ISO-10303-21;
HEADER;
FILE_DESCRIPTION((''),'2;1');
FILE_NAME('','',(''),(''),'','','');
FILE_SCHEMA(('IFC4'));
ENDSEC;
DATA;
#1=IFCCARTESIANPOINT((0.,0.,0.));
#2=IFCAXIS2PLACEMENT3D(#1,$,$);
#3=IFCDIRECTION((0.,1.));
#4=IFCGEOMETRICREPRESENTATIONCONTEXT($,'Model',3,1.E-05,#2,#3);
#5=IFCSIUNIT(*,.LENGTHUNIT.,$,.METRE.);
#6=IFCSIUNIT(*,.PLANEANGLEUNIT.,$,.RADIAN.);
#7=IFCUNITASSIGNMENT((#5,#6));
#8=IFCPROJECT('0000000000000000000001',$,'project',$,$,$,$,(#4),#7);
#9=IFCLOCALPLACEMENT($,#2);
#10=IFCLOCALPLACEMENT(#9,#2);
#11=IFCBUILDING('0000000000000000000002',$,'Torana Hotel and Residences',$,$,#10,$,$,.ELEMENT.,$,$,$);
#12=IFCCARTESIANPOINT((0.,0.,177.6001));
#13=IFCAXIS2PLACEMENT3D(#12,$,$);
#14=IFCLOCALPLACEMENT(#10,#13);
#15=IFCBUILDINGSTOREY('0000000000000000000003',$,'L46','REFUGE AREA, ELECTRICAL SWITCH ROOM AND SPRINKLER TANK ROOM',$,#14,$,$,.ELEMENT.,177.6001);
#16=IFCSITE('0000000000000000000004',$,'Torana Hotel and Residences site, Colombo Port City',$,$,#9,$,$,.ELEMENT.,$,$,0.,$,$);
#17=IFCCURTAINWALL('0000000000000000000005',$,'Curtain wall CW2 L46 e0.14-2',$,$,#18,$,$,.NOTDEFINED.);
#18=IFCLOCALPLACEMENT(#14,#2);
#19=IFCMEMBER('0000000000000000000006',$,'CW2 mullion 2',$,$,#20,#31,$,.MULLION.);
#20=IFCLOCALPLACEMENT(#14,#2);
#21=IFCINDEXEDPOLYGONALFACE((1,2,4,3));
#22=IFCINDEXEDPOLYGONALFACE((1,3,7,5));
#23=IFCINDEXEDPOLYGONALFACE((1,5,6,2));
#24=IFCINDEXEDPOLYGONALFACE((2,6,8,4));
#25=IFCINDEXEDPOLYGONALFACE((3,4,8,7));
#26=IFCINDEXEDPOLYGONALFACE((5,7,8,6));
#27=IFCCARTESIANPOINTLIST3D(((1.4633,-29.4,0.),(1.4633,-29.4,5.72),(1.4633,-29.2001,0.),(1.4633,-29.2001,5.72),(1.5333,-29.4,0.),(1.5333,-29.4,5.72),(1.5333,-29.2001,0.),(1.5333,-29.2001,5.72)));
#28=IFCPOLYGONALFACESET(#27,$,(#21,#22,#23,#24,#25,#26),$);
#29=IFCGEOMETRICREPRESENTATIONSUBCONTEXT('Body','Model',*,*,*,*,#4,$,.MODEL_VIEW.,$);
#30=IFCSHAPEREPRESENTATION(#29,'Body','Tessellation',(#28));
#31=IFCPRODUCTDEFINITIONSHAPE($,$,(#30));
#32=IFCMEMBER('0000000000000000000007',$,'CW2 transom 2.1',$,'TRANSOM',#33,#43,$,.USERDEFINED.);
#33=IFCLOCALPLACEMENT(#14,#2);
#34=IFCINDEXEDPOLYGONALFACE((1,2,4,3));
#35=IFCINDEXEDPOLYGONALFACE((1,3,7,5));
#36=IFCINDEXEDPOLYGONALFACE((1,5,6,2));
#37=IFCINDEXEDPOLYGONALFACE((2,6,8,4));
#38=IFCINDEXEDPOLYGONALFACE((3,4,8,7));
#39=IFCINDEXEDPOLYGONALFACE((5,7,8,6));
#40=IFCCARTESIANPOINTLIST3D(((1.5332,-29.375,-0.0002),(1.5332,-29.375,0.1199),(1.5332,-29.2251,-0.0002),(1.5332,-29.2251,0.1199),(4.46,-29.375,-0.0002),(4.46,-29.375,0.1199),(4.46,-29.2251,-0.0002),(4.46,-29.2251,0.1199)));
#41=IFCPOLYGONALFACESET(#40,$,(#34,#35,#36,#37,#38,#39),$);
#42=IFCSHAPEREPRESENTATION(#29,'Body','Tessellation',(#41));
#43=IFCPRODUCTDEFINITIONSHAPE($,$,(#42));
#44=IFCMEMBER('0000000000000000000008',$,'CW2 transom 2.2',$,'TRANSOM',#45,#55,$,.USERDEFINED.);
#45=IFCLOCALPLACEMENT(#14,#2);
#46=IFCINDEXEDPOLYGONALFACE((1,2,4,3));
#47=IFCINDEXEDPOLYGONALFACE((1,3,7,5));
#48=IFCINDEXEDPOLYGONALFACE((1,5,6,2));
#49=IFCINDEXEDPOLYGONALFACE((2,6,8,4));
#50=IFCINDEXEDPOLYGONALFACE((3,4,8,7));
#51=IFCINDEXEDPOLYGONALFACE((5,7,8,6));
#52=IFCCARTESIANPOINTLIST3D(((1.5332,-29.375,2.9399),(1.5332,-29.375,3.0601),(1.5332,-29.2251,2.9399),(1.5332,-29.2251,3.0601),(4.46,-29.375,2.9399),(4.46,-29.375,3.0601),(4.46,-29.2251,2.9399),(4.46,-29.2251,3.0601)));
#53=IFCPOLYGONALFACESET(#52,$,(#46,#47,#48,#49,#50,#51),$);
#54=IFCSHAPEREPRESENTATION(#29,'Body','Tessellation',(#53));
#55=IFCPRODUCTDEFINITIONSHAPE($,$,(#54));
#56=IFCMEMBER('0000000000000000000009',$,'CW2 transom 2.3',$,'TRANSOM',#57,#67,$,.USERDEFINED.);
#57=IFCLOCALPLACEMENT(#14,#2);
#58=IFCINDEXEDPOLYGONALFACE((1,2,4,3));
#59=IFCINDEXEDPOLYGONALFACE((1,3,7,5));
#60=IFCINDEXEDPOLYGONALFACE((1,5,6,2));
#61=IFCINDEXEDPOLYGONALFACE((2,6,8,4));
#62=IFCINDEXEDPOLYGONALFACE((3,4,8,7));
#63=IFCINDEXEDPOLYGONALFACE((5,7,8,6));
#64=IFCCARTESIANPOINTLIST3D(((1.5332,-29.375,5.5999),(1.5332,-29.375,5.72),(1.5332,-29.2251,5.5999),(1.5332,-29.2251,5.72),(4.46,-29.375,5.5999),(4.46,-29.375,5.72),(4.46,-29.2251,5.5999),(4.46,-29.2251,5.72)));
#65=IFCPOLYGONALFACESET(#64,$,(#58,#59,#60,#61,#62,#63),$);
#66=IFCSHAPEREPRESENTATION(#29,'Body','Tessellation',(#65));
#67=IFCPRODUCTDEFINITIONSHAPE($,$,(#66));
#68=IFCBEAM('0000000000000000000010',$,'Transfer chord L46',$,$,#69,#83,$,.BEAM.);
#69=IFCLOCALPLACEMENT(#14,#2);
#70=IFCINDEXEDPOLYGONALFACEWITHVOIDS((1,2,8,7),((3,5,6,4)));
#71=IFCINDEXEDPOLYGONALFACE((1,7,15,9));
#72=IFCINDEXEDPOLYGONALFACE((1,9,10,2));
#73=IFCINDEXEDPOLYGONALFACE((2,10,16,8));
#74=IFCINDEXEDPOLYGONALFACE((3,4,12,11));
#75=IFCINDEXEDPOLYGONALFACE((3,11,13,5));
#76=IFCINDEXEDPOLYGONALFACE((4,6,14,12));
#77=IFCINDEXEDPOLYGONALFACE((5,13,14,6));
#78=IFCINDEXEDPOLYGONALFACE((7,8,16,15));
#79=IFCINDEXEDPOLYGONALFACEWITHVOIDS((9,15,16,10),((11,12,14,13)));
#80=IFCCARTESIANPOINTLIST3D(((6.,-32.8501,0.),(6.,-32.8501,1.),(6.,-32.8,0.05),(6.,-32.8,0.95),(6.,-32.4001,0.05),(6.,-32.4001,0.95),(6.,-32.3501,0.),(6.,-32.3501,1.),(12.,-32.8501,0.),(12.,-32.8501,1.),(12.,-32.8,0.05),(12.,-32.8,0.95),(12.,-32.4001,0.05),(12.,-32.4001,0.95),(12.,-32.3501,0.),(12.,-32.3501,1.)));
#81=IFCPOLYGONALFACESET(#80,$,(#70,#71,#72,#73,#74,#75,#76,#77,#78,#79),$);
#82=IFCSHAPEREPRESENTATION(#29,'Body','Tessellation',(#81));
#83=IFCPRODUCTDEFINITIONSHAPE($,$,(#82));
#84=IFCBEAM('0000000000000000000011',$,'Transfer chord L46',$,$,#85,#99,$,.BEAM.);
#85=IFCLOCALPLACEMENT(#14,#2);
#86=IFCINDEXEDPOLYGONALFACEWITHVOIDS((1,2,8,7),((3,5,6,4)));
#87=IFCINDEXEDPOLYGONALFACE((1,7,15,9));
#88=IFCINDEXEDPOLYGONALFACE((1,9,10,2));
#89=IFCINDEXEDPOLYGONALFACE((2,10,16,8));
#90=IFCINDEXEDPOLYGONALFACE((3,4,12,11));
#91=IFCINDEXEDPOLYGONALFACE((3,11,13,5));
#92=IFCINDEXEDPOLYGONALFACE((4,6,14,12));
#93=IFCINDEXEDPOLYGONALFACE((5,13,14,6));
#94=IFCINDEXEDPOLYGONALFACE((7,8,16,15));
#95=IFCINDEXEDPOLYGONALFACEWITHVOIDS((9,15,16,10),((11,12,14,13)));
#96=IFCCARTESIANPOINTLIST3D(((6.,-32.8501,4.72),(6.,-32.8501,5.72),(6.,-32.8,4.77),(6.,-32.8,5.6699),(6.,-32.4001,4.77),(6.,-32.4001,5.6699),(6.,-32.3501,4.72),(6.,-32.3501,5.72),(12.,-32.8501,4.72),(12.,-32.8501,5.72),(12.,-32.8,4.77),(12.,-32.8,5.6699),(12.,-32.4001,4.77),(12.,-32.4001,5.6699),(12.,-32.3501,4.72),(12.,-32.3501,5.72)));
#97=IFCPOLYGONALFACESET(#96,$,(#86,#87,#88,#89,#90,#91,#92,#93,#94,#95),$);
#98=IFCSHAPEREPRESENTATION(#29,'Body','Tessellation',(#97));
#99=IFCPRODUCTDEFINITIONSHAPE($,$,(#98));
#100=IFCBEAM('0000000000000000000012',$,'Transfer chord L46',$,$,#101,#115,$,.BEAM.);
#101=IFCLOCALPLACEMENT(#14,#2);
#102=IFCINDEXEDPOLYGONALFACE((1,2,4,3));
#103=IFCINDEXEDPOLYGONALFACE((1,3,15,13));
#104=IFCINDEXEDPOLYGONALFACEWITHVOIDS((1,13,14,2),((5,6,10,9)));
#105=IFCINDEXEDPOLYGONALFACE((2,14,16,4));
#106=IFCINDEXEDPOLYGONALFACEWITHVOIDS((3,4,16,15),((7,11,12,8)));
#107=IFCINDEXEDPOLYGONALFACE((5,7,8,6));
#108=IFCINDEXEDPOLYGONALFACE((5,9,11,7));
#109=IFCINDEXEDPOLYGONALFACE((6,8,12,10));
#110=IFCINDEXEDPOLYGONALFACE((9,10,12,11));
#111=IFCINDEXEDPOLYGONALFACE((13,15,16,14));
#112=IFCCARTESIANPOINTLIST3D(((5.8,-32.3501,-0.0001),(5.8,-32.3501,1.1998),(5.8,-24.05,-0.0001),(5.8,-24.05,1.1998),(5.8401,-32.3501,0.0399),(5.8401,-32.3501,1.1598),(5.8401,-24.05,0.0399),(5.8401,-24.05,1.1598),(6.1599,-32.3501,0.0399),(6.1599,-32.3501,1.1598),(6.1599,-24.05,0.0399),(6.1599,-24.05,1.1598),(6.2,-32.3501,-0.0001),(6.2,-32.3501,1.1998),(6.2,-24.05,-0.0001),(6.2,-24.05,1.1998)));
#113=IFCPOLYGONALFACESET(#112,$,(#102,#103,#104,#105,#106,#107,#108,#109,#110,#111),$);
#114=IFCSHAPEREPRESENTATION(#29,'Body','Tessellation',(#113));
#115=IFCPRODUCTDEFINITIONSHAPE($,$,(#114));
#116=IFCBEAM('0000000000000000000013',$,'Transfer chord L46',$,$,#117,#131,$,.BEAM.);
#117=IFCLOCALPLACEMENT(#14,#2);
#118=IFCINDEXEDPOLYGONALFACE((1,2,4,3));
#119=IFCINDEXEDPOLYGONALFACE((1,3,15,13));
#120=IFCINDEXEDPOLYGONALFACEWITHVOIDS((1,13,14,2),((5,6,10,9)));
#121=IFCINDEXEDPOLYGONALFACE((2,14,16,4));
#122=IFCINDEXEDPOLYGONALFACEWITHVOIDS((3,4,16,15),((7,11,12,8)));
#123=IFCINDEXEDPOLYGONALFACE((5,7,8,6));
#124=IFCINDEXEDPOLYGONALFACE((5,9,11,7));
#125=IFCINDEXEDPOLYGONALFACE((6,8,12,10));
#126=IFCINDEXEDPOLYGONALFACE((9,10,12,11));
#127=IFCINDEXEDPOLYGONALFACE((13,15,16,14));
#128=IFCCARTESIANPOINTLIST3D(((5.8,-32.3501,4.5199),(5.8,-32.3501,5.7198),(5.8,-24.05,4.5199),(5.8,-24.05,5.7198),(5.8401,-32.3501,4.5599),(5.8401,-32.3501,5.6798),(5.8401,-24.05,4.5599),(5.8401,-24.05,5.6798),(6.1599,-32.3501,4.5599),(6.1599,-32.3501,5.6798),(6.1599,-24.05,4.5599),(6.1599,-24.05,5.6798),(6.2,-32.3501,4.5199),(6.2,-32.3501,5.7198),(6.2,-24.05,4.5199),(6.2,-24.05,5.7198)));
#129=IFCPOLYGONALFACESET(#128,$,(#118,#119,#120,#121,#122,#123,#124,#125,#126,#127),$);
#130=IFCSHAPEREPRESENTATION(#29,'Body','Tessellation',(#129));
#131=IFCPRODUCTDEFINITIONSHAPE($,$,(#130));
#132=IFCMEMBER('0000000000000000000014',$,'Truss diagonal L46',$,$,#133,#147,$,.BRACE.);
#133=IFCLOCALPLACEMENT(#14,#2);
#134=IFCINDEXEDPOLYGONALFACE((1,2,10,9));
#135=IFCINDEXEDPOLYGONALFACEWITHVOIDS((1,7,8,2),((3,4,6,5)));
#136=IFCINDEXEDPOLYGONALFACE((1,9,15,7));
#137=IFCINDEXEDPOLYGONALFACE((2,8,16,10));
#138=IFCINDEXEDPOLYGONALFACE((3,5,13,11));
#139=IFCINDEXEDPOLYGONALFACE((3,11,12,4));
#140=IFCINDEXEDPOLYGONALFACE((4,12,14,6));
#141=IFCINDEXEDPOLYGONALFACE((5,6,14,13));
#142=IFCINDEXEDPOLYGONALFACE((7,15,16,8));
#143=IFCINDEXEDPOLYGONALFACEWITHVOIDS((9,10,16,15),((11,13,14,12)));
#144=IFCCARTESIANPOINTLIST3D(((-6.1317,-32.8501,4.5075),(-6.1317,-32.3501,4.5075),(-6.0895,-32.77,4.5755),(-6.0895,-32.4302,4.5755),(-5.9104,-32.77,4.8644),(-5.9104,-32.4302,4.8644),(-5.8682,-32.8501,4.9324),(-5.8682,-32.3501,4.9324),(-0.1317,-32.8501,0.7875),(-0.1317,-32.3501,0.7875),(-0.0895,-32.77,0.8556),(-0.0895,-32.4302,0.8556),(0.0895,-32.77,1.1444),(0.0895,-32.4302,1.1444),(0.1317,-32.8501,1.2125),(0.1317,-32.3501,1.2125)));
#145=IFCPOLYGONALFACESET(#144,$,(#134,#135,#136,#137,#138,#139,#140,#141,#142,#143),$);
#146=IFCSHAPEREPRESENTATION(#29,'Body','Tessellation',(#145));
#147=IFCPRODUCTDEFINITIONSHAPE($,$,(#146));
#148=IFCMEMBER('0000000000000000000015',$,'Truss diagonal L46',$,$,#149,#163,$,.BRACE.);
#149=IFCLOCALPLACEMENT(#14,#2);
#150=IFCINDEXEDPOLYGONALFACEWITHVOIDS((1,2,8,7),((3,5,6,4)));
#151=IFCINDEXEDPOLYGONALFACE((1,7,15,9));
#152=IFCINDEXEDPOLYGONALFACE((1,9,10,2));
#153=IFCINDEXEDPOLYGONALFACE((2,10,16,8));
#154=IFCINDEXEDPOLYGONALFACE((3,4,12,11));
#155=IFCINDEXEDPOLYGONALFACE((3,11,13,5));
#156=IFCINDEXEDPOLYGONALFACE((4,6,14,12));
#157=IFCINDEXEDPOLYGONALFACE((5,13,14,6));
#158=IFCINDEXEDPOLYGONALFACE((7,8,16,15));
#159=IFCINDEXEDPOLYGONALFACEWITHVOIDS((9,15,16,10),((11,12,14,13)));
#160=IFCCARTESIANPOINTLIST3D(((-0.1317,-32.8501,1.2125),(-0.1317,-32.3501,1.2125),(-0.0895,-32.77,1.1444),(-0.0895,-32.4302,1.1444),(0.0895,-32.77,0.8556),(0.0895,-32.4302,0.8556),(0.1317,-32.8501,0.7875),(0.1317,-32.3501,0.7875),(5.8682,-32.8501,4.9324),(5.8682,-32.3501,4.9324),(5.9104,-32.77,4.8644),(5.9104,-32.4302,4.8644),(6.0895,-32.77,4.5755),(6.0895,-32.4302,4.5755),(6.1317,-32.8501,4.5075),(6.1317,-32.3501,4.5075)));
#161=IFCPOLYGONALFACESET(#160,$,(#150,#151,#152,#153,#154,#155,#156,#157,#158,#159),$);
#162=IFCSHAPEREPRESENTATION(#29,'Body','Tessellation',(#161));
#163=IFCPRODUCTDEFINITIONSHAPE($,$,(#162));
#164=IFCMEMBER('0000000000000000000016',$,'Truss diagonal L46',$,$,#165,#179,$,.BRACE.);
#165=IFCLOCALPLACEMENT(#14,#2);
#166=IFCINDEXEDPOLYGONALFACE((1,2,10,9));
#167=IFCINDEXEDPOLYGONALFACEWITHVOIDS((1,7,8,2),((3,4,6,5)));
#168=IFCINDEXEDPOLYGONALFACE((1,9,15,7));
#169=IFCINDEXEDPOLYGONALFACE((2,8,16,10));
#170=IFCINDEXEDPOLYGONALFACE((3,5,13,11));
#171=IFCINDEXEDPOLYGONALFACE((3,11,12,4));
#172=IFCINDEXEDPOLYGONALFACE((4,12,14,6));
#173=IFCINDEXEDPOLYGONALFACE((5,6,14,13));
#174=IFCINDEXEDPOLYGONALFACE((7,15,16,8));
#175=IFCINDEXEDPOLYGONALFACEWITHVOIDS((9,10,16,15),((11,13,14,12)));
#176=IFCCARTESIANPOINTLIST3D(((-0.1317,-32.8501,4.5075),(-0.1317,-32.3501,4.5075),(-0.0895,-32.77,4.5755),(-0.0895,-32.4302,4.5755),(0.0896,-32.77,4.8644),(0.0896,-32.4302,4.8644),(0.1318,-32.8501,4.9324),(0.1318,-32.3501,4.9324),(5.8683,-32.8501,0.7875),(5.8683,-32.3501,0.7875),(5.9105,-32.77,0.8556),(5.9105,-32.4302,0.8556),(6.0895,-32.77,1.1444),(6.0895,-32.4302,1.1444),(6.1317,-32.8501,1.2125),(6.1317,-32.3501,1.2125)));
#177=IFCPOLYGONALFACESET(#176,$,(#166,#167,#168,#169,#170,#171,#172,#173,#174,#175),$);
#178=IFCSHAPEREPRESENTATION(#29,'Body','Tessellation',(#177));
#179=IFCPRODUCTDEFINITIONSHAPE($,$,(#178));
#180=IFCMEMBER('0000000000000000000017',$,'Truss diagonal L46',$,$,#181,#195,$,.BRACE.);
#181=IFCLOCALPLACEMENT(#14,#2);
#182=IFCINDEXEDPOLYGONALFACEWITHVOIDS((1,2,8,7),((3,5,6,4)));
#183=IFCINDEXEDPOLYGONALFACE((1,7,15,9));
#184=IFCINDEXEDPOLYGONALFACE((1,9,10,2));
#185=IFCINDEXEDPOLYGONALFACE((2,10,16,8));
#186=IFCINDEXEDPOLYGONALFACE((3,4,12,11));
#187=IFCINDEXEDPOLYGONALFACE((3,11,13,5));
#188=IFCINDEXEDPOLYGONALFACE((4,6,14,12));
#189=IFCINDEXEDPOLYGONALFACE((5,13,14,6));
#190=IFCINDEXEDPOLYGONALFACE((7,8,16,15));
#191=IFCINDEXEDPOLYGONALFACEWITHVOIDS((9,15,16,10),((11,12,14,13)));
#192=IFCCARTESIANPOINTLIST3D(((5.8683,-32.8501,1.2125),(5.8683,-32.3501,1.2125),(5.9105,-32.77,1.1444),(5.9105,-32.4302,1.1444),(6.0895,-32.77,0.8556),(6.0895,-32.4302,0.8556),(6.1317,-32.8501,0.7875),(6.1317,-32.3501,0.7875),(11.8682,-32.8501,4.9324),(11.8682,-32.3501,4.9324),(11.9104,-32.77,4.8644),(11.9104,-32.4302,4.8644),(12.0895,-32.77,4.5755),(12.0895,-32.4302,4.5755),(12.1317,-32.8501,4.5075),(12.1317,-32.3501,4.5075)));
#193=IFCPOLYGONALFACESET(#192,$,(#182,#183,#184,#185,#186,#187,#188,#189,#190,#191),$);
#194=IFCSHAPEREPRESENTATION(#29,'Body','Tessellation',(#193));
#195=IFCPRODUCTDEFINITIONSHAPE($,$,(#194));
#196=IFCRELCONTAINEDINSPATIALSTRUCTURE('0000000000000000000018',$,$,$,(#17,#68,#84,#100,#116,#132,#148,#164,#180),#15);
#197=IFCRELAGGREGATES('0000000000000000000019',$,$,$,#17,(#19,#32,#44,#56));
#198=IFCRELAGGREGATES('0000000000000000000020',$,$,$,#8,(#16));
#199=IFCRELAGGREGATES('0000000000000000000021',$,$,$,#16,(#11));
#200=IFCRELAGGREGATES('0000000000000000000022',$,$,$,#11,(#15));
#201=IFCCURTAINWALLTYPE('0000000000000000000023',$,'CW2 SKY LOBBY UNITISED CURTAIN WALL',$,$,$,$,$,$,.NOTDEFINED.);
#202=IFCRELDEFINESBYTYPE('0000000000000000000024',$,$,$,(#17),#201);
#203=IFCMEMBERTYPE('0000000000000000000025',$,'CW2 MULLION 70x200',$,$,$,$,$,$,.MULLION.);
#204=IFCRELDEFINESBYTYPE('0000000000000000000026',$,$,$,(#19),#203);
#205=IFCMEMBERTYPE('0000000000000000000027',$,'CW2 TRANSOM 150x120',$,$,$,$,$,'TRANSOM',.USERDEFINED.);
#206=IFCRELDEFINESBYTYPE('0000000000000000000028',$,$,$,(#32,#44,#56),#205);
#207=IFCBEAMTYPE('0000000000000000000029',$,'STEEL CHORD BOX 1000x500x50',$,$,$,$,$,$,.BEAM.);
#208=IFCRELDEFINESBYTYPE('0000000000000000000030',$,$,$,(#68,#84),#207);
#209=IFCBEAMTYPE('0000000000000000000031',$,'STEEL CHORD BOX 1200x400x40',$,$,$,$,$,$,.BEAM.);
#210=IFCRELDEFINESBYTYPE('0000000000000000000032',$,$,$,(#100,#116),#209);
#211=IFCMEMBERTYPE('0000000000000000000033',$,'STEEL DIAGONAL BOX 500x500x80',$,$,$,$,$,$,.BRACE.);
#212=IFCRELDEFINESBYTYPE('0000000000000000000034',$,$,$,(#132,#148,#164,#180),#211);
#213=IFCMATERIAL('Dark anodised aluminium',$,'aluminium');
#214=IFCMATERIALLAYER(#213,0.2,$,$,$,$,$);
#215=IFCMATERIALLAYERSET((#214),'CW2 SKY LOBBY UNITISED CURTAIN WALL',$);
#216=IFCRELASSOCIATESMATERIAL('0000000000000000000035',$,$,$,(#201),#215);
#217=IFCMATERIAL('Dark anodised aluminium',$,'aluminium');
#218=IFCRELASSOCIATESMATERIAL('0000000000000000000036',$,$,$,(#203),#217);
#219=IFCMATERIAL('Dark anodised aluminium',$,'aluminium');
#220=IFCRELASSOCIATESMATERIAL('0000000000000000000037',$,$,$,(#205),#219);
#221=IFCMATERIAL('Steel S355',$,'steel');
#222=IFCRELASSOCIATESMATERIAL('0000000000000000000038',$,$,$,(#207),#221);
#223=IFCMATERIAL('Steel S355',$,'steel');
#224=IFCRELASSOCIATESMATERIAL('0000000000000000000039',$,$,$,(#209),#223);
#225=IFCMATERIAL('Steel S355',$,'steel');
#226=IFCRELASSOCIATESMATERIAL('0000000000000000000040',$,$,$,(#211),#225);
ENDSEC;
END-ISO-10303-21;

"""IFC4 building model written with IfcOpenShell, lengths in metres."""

from ifc_helpers import new_model, si_unit, direction, frame, origin, origin_2d, place, context, subcontext, project, spatial, rectangle, hollow_rectangle, extrude, material, layer, layer_set, material_profile, profile_set, type_object, element, aggregate, save


model = new_model("IFC4")

# Units and contexts
model_context = context("Model", 3, precision=1e-05, world=origin(), true_north=direction((0.0, 1.0)))
body_context = subcontext(model_context, "Body", "Model", "MODEL_VIEW")
ifc_project = project(units=[si_unit("LENGTHUNIT", "METRE"), si_unit("PLANEANGLEUNIT", "RADIAN")], contexts=[model_context])

# Site, building, storey
site_placement = place(None, origin())
site = spatial("IfcSite", under=ifc_project, at=site_placement, Name="Torana Hotel and Residences site, Colombo Port City", CompositionType="ELEMENT", RefElevation=0.0)
building_placement = place(site_placement, origin())
building = spatial("IfcBuilding", under=site, at=building_placement, Name="Torana Hotel and Residences", CompositionType="ELEMENT")
storey_placement = place(building_placement, frame((0.0, 0.0, 177.6001)))
storey = spatial("IfcBuildingStorey", under=building, at=storey_placement, Name="L46", Description="REFUGE AREA, ELECTRICAL SWITCH ROOM AND SPRINKLER TANK ROOM", CompositionType="ELEMENT", Elevation=177.6001)

# Curtain wall, members
ifc_material_1 = material(Name="Dark anodised aluminium", Category="aluminium")
ifc_layer_1 = layer(ifc_material_1, 0.2)
ifc_layer_set_1 = layer_set([ifc_layer_1], Name="CW2 SKY LOBBY UNITISED CURTAIN WALL")
curtain_wall_type = type_object("IfcCurtainWallType", Name="CW2 SKY LOBBY UNITISED CURTAIN WALL", PredefinedType="NOTDEFINED", material=ifc_layer_set_1)
curtain_wall_placement = place(storey_placement, origin())
curtain_wall = element("IfcCurtainWall", 1, at=curtain_wall_placement, inside=storey, type_object=curtain_wall_type, Name="Curtain wall CW2 L46 e0.14-2", PredefinedType="NOTDEFINED")
ifc_material_2 = material(Name="Dark anodised aluminium", Category="aluminium")
ifc_material_profile_1 = material_profile(ifc_material_2, rectangle(XDim=0.2, YDim=0.0701, at=origin_2d()), Name="CW2 MULLION 70x200")
ifc_profile_set_1 = profile_set([ifc_material_profile_1], Name="Dark anodised aluminium")
member_type_1 = type_object("IfcMemberType", Name="CW2 MULLION 70x200", PredefinedType="MULLION", material=ifc_profile_set_1)
member_1_placement = place(storey_placement, frame((1.4983, -29.3, 0.0), z_axis=(0.0, 0.0, 1.0), x_axis=(0.0, 1.0, 0.0)))
member_1 = element("IfcMember", 2, at=member_1_placement, type_object=member_type_1, Name="CW2 mullion 2", PredefinedType="MULLION", context=body_context, shape_type="SweptSolid", body=[
    extrude(rectangle(XDim=0.2, YDim=0.0701, at=origin_2d()), origin(), (0.0, 0.0, 1.0), 5.72),
])
ifc_material_3 = material(Name="Dark anodised aluminium", Category="aluminium")
ifc_material_profile_2 = material_profile(ifc_material_3, rectangle(XDim=0.1499, YDim=0.1201, at=origin_2d()), Name="CW2 TRANSOM 150x120")
ifc_profile_set_2 = profile_set([ifc_material_profile_2], Name="Dark anodised aluminium")
member_type_2 = type_object("IfcMemberType", Name="CW2 TRANSOM 150x120", ElementType="TRANSOM", PredefinedType="USERDEFINED", material=ifc_profile_set_2)
member_2_placement = place(storey_placement, frame((1.5332, -29.3, 0.0598), z_axis=(1.0, 0.0, 0.0), x_axis=(0.0, 1.0, 0.0)))
member_2 = element("IfcMember", 3, at=member_2_placement, type_object=member_type_2, Name="CW2 transom 2.1", ObjectType="TRANSOM", PredefinedType="USERDEFINED", context=body_context, shape_type="SweptSolid", body=[
    extrude(rectangle(XDim=0.1499, YDim=0.1201, at=origin_2d()), origin(), (0.0, 0.0, 1.0), 2.9268),
])
member_3_placement = place(storey_placement, frame((1.5332, -29.3, 3.0), z_axis=(1.0, 0.0, 0.0), x_axis=(0.0, 1.0, 0.0)))
member_3 = element("IfcMember", 4, at=member_3_placement, type_object=member_type_2, Name="CW2 transom 2.2", ObjectType="TRANSOM", PredefinedType="USERDEFINED", context=body_context, shape_type="SweptSolid", body=[
    extrude(rectangle(XDim=0.1499, YDim=0.1201, at=origin_2d()), origin(), (0.0, 0.0, 1.0), 2.9268),
])
member_4_placement = place(storey_placement, frame((1.5332, -29.3, 5.6599), z_axis=(1.0, 0.0, 0.0), x_axis=(0.0, 1.0, 0.0)))
member_4 = element("IfcMember", 5, at=member_4_placement, type_object=member_type_2, Name="CW2 transom 2.3", ObjectType="TRANSOM", PredefinedType="USERDEFINED", context=body_context, shape_type="SweptSolid", body=[
    extrude(rectangle(XDim=0.1499, YDim=0.1201, at=origin_2d()), origin(), (0.0, 0.0, 1.0), 2.9268),
])

# Beams
ifc_material_4 = material(Name="Steel S355", Category="steel")
ifc_material_profile_3 = material_profile(ifc_material_4, hollow_rectangle(XDim=0.5, YDim=1.0, WallThickness=0.05, at=origin_2d()), Name="BOX 1000x500x50")
ifc_profile_set_3 = profile_set([ifc_material_profile_3], Name="Steel S355")
beam_type_1 = type_object("IfcBeamType", Name="STEEL CHORD BOX 1000x500x50", PredefinedType="BEAM", material=ifc_profile_set_3)
for number, where, z_axis, x_axis, name in (
    (6, (6.0, -32.6001, 0.5), (1.0, 0.0, 0.0), (0.0, 1.0, 0.0), "Transfer chord L46"),
    (7, (6.0, -32.6001, 5.22), (1.0, 0.0, 0.0), (0.0, 1.0, 0.0), "Transfer chord L46"),
):
    element("IfcBeam", number, at=place(storey_placement, frame(where, z_axis=z_axis, x_axis=x_axis)), inside=storey, type_object=beam_type_1, Name=name, PredefinedType="BEAM", context=body_context, shape_type="SweptSolid", body=[
        extrude(hollow_rectangle(XDim=0.5, YDim=1.0, WallThickness=0.05, at=origin_2d()), origin(), (0.0, 0.0, 1.0), 6.0),
    ])
ifc_material_5 = material(Name="Steel S355", Category="steel")
ifc_material_profile_4 = material_profile(ifc_material_5, hollow_rectangle(XDim=0.3999, YDim=1.2, WallThickness=0.04, at=origin_2d()), Name="BOX 1200x400x40")
ifc_profile_set_4 = profile_set([ifc_material_profile_4], Name="Steel S355")
beam_type_2 = type_object("IfcBeamType", Name="STEEL CHORD BOX 1200x400x40", PredefinedType="BEAM", material=ifc_profile_set_4)
for number, where, z_axis, x_axis, name in (
    (8, (6.0, -32.3501, 0.5999), (0.0, 1.0, 0.0), (-1.0, 0.0, 0.0), "Transfer chord L46"),
    (9, (6.0, -32.3501, 5.1199), (0.0, 1.0, 0.0), (-1.0, 0.0, 0.0), "Transfer chord L46"),
):
    element("IfcBeam", number, at=place(storey_placement, frame(where, z_axis=z_axis, x_axis=x_axis)), inside=storey, type_object=beam_type_2, Name=name, PredefinedType="BEAM", context=body_context, shape_type="SweptSolid", body=[
        extrude(hollow_rectangle(XDim=0.3999, YDim=1.2, WallThickness=0.04, at=origin_2d()), origin(), (0.0, 0.0, 1.0), 8.3),
    ])

# Members
ifc_material_6 = material(Name="Steel S355", Category="steel")
ifc_material_profile_5 = material_profile(ifc_material_6, hollow_rectangle(XDim=0.5, YDim=0.5, WallThickness=0.0801, at=origin_2d()), Name="BOX 500x500x80")
ifc_profile_set_5 = profile_set([ifc_material_profile_5], Name="Steel S355")
member_type_3 = type_object("IfcMemberType", Name="STEEL DIAGONAL BOX 500x500x80", PredefinedType="BRACE", material=ifc_profile_set_5)
for number, where, z_axis, x_axis, name in (
    (10, (0.0, -32.6001, 1.0), (-0.849905, 0.0, 0.526937), (0.0, -1.0, 0.0), "Truss diagonal L46"),
    (11, (0.0, -32.6001, 1.0), (0.849905, 0.0, 0.526937), (0.0, 1.0, 0.0), "Truss diagonal L46"),
    (12, (6.0, -32.6001, 1.0), (-0.849905, 0.0, 0.526937), (0.0, -1.0, 0.0), "Truss diagonal L46"),
    (13, (6.0, -32.6001, 1.0), (0.849905, 0.0, 0.526937), (0.0, 1.0, 0.0), "Truss diagonal L46"),
):
    element("IfcMember", number, at=place(storey_placement, frame(where, z_axis=z_axis, x_axis=x_axis)), inside=storey, type_object=member_type_3, Name=name, PredefinedType="BRACE", context=body_context, shape_type="SweptSolid", body=[
        extrude(hollow_rectangle(XDim=0.5, YDim=0.5, WallThickness=0.0801, at=origin_2d()), origin(), (0.0, 0.0, 1.0), 7.0596),
    ])

aggregate(curtain_wall, [member_1, member_2, member_3, member_4])

save(model, "model.ifc")
